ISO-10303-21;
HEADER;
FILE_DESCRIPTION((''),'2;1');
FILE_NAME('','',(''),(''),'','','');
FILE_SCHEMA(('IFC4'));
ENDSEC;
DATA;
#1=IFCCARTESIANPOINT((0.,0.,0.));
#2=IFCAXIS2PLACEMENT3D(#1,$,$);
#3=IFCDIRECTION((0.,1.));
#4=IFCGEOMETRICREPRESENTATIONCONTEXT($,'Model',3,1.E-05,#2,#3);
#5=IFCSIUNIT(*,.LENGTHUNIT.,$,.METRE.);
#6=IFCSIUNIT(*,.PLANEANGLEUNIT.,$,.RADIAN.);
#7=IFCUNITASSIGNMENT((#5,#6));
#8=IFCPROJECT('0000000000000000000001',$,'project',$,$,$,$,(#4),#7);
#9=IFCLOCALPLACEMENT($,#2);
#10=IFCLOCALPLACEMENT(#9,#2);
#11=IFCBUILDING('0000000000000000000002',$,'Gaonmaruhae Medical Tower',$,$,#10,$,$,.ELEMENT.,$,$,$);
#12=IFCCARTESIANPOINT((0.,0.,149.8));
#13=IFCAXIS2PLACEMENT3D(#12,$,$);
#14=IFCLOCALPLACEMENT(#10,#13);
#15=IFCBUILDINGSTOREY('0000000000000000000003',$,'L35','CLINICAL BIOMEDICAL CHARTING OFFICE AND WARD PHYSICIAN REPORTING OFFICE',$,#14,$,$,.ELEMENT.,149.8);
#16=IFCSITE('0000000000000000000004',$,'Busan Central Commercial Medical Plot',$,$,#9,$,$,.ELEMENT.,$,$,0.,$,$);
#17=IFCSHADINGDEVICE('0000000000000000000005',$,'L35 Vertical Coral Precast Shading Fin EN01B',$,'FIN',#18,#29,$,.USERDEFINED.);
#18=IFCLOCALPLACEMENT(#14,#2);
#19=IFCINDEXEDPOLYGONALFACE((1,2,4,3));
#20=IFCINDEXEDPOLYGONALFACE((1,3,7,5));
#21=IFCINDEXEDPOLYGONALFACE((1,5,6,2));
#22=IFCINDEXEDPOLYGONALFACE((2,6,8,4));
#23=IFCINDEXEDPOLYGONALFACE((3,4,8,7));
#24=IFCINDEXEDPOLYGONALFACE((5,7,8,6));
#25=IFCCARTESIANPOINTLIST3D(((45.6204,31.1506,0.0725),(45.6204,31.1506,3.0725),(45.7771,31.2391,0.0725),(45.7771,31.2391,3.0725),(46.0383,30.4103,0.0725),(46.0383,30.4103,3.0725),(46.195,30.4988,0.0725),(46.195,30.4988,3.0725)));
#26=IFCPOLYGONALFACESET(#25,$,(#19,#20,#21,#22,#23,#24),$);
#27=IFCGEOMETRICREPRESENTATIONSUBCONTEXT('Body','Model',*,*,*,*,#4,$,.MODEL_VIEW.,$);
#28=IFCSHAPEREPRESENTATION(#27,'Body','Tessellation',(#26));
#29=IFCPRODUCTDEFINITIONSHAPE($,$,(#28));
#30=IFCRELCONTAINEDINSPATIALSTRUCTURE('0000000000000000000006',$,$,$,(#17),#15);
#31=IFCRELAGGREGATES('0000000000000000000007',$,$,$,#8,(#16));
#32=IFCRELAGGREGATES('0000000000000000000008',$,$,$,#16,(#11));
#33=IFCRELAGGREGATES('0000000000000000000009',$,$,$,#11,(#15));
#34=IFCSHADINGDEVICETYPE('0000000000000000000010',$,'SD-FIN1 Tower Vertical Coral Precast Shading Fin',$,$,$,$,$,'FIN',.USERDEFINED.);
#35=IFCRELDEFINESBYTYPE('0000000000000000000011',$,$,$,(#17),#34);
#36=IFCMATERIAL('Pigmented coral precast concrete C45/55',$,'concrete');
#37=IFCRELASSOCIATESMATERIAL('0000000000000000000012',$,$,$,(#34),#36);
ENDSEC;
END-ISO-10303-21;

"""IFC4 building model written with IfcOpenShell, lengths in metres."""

from ifc_helpers import new_model, si_unit, direction, frame, origin, origin_2d, place, context, subcontext, project, spatial, rectangle, extrude, material, type_object, element, save


model = new_model("IFC4")

# Units and contexts
model_context = context("Model", 3, precision=1e-05, world=origin(), true_north=direction((0.0, 1.0)))
body_context = subcontext(model_context, "Body", "Model", "MODEL_VIEW")
ifc_project = project(units=[si_unit("LENGTHUNIT", "METRE"), si_unit("PLANEANGLEUNIT", "RADIAN")], contexts=[model_context])

# Site, building, storey
site_placement = place(None, origin())
site = spatial("IfcSite", under=ifc_project, at=site_placement, Name="Busan Central Commercial Medical Plot", CompositionType="ELEMENT", RefElevation=0.0)
building_placement = place(site_placement, origin())
building = spatial("IfcBuilding", under=site, at=building_placement, Name="Gaonmaruhae Medical Tower", CompositionType="ELEMENT")
storey_placement = place(building_placement, frame((0.0, 0.0, 149.8)))
storey = spatial("IfcBuildingStorey", under=building, at=storey_placement, Name="L35", Description="CLINICAL BIOMEDICAL CHARTING OFFICE AND WARD PHYSICIAN REPORTING OFFICE", CompositionType="ELEMENT", Elevation=149.8)

# Shading device
ifc_material_1 = material(Name="Pigmented coral precast concrete C45/55", Category="concrete")
shading_device_type = type_object("IfcShadingDeviceType", Name="SD-FIN1 Tower Vertical Coral Precast Shading Fin", ElementType="FIN", PredefinedType="USERDEFINED", material=ifc_material_1)
shading_device_placement = place(storey_placement, frame((45.9077, 30.8247, 0.0725), z_axis=(0.0, 0.0, 1.0), x_axis=(0.870794, 0.491649, 0.0)))
element("IfcShadingDevice", 1, at=shading_device_placement, inside=storey, type_object=shading_device_type, Name="L35 Vertical Coral Precast Shading Fin EN01B", ObjectType="FIN", PredefinedType="USERDEFINED", context=body_context, shape_type="SweptSolid", body=[
    extrude(rectangle(XDim=0.1799, YDim=0.8501, at=origin_2d()), origin(), (0.0, 0.0, 1.0), 3.0),
])

save(model, "model.ifc")
